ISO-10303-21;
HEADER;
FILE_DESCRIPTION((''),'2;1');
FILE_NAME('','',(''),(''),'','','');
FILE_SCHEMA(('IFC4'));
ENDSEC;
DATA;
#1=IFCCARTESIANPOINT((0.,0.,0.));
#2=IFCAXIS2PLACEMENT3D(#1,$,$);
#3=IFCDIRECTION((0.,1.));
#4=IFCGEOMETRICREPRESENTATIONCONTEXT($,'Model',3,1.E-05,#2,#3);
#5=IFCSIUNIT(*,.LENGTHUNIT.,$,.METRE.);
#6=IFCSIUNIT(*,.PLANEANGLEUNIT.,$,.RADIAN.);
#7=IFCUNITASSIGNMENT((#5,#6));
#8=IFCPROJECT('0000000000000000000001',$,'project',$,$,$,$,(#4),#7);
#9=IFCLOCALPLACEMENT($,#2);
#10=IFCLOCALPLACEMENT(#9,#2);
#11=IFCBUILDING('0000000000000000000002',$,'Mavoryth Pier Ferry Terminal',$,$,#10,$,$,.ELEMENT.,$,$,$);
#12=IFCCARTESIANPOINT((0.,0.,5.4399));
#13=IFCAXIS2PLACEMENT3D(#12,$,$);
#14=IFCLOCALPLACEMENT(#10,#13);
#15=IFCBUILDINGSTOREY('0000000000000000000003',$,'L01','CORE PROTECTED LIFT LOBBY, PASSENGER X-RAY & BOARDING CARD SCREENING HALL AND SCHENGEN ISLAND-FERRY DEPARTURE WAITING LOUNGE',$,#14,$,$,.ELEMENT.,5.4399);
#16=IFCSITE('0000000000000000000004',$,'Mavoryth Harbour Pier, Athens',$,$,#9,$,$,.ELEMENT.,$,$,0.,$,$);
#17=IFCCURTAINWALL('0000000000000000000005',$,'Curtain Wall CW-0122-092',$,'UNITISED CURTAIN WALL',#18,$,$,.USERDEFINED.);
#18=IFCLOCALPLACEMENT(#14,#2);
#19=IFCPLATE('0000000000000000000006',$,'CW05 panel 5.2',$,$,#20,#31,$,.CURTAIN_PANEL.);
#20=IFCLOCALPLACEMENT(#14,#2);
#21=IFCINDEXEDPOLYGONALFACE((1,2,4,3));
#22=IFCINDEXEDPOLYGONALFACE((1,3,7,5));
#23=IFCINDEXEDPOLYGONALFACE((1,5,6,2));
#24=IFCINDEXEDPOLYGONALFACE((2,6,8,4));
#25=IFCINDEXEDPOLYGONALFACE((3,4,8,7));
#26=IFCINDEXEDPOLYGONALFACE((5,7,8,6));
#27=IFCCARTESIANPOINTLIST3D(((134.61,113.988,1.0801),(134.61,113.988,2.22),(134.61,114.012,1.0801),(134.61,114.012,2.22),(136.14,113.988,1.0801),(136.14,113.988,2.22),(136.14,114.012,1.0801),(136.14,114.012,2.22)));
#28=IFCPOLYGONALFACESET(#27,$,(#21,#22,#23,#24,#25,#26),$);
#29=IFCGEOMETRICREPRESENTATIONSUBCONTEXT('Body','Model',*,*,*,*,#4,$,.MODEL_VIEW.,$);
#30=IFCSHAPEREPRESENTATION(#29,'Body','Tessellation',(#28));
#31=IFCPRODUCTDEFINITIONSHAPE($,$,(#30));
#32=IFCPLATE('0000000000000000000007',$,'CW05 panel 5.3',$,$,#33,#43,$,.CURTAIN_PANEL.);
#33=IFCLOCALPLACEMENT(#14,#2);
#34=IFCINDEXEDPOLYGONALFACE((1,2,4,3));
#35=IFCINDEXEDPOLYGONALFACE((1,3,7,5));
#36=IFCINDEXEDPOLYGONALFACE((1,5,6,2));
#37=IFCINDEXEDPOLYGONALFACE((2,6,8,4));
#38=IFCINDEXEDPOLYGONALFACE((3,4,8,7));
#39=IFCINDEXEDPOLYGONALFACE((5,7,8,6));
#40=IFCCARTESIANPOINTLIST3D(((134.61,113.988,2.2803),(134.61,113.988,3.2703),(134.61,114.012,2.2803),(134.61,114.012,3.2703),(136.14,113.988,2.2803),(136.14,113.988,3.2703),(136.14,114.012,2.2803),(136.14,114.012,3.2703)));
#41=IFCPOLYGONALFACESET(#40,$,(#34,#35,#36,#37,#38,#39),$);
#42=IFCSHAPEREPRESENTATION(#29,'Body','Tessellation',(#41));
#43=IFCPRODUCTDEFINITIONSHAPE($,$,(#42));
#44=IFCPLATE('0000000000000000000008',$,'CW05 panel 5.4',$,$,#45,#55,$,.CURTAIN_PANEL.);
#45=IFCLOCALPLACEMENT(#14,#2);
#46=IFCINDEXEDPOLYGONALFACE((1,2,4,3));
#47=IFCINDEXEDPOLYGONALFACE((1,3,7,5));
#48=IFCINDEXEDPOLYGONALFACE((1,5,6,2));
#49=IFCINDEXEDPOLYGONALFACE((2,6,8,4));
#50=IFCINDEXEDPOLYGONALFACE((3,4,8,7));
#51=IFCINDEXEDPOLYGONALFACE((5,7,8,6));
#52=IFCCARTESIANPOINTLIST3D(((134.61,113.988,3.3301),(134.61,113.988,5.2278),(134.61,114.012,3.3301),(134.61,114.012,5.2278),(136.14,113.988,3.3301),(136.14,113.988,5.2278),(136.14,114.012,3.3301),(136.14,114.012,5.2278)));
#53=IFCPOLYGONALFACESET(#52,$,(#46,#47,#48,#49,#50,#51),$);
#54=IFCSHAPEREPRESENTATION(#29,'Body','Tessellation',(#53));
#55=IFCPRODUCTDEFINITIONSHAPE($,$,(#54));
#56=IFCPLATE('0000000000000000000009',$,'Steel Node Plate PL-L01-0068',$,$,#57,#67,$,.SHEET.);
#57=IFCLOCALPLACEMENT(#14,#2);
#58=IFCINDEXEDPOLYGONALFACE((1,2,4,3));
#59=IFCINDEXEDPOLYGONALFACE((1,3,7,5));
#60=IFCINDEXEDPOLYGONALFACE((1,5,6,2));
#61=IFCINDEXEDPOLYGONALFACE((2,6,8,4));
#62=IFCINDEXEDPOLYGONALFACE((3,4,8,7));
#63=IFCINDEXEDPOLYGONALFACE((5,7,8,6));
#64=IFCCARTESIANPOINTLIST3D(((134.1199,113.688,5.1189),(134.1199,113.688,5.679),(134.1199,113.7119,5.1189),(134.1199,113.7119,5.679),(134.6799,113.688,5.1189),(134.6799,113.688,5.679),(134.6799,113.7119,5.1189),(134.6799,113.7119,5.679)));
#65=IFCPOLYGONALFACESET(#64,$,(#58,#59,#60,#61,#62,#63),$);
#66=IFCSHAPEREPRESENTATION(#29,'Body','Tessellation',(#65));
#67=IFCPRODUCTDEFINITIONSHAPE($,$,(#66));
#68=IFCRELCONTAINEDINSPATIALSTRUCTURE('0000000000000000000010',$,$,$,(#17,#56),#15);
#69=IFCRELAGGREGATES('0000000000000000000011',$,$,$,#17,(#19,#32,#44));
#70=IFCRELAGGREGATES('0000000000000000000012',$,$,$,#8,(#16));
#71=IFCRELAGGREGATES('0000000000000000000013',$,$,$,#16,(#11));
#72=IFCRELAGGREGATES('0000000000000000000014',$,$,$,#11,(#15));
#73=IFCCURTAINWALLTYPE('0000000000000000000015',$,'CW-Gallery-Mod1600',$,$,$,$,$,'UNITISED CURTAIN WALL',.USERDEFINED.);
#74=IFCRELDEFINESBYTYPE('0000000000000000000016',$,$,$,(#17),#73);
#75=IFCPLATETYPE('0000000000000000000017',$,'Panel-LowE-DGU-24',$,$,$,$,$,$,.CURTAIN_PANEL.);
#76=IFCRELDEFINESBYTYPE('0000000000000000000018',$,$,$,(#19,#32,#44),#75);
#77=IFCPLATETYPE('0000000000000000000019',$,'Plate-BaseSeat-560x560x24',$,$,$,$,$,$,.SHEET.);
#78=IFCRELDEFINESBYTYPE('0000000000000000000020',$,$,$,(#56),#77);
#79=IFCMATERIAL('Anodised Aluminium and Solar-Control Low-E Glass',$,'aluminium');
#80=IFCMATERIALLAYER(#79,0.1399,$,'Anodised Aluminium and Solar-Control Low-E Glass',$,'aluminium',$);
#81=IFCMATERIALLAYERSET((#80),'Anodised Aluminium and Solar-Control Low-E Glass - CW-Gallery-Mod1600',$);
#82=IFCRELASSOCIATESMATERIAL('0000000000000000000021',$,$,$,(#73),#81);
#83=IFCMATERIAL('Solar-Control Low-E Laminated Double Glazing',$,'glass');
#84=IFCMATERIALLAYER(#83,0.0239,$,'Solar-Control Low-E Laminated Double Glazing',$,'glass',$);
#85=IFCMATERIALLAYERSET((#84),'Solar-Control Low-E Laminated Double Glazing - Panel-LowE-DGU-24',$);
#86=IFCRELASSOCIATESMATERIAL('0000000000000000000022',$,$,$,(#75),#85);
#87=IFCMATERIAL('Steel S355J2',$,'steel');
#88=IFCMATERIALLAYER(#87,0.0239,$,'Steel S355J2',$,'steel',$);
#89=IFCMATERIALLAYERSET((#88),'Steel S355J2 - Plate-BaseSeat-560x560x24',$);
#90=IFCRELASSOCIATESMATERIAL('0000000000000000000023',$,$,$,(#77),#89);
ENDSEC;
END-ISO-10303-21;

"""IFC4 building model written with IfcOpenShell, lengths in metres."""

from ifc_helpers import new_model, si_unit, direction, frame, origin, origin_2d, place, context, subcontext, project, spatial, rectangle, extrude, material, layer, layer_set, type_object, element, aggregate, save


model = new_model("IFC4")

# Units and contexts
model_context = context("Model", 3, precision=1e-05, world=origin(), true_north=direction((0.0, 1.0)))
body_context = subcontext(model_context, "Body", "Model", "MODEL_VIEW")
ifc_project = project(units=[si_unit("LENGTHUNIT", "METRE"), si_unit("PLANEANGLEUNIT", "RADIAN")], contexts=[model_context])

# Site, building, storey
site_placement = place(None, origin())
site = spatial("IfcSite", under=ifc_project, at=site_placement, Name="Mavoryth Harbour Pier, Athens", CompositionType="ELEMENT", RefElevation=0.0)
building_placement = place(site_placement, origin())
building = spatial("IfcBuilding", under=site, at=building_placement, Name="Mavoryth Pier Ferry Terminal", CompositionType="ELEMENT")
storey_placement = place(building_placement, frame((0.0, 0.0, 5.4399)))
storey = spatial("IfcBuildingStorey", under=building, at=storey_placement, Name="L01", Description="CORE PROTECTED LIFT LOBBY, PASSENGER X-RAY & BOARDING CARD SCREENING HALL AND SCHENGEN ISLAND-FERRY DEPARTURE WAITING LOUNGE", CompositionType="ELEMENT", Elevation=5.4399)

# Shared definitions
ifc_material_1 = material(Name="Steel S355J2", Category="steel")

# Curtain wall
ifc_material_2 = material(Name="Anodised Aluminium and Solar-Control Low-E Glass", Category="aluminium")
ifc_layer_1 = layer(ifc_material_2, 0.1399, Name="Anodised Aluminium and Solar-Control Low-E Glass", Category="aluminium")
ifc_layer_set_1 = layer_set([ifc_layer_1], Name="Anodised Aluminium and Solar-Control Low-E Glass - CW-Gallery-Mod1600")
curtain_wall_type = type_object("IfcCurtainWallType", Name="CW-Gallery-Mod1600", ElementType="UNITISED CURTAIN WALL", PredefinedType="USERDEFINED", material=ifc_layer_set_1)
curtain_wall_1_placement = place(storey_placement, origin())
curtain_wall_1 = element("IfcCurtainWall", 1, at=curtain_wall_1_placement, inside=storey, type_object=curtain_wall_type, Name="Curtain Wall CW-0122-092", ObjectType="UNITISED CURTAIN WALL", PredefinedType="USERDEFINED")

# Plates
ifc_material_3 = material(Name="Solar-Control Low-E Laminated Double Glazing", Category="glass")
ifc_layer_2 = layer(ifc_material_3, 0.0239, Name="Solar-Control Low-E Laminated Double Glazing", Category="glass")
ifc_layer_set_2 = layer_set([ifc_layer_2], Name="Solar-Control Low-E Laminated Double Glazing - Panel-LowE-DGU-24")
plate_type_1 = type_object("IfcPlateType", Name="Panel-LowE-DGU-24", PredefinedType="CURTAIN_PANEL", material=ifc_layer_set_2)
plate_1_placement = place(storey_placement, frame((135.375, 114.0, 1.0801), z_axis=(0.0, 0.0, 1.0), x_axis=(-1.0, 0.0, 0.0)))
plate_1 = element("IfcPlate", 2, at=plate_1_placement, type_object=plate_type_1, Name="CW05 panel 5.2", PredefinedType="CURTAIN_PANEL", context=body_context, shape_type="SweptSolid", body=[
    extrude(rectangle(XDim=1.53, YDim=0.0239, at=origin_2d()), origin(), (0.0, 0.0, 1.0), 1.1399),
])
plate_2_placement = place(storey_placement, frame((135.375, 114.0, 2.2803), z_axis=(0.0, 0.0, 1.0), x_axis=(-1.0, 0.0, 0.0)))
plate_2 = element("IfcPlate", 3, at=plate_2_placement, type_object=plate_type_1, Name="CW05 panel 5.3", PredefinedType="CURTAIN_PANEL", context=body_context, shape_type="SweptSolid", body=[
    extrude(rectangle(XDim=1.53, YDim=0.0239, at=origin_2d()), origin(), (0.0, 0.0, 1.0), 0.99),
])
plate_3_placement = place(storey_placement, frame((135.375, 114.0, 3.3301), z_axis=(0.0, 0.0, 1.0), x_axis=(-1.0, 0.0, 0.0)))
plate_3 = element("IfcPlate", 4, at=plate_3_placement, type_object=plate_type_1, Name="CW05 panel 5.4", PredefinedType="CURTAIN_PANEL", context=body_context, shape_type="SweptSolid", body=[
    extrude(rectangle(XDim=1.53, YDim=0.0239, at=origin_2d()), origin(), (0.0, 0.0, 1.0), 1.8977),
])
aggregate(curtain_wall_1, [plate_1, plate_2, plate_3])
ifc_layer_3 = layer(ifc_material_1, 0.0239, Name="Steel S355J2", Category="steel")
ifc_layer_set_3 = layer_set([ifc_layer_3], Name="Steel S355J2 - Plate-BaseSeat-560x560x24")
plate_type_2 = type_object("IfcPlateType", Name="Plate-BaseSeat-560x560x24", PredefinedType="SHEET", material=ifc_layer_set_3)
plate_4_placement = place(storey_placement, frame((134.3999, 113.7, 5.1189), z_axis=(0.0, 0.0, 1.0), x_axis=(1.0, 0.0, 0.0)))
element("IfcPlate", 5, at=plate_4_placement, inside=storey, type_object=plate_type_2, Name="Steel Node Plate PL-L01-0068", PredefinedType="SHEET", context=body_context, shape_type="SweptSolid", body=[
    extrude(rectangle(XDim=0.5601, YDim=0.0239, at=origin_2d()), origin(), (0.0, 0.0, 1.0), 0.5601),
])

save(model, "model.ifc")
